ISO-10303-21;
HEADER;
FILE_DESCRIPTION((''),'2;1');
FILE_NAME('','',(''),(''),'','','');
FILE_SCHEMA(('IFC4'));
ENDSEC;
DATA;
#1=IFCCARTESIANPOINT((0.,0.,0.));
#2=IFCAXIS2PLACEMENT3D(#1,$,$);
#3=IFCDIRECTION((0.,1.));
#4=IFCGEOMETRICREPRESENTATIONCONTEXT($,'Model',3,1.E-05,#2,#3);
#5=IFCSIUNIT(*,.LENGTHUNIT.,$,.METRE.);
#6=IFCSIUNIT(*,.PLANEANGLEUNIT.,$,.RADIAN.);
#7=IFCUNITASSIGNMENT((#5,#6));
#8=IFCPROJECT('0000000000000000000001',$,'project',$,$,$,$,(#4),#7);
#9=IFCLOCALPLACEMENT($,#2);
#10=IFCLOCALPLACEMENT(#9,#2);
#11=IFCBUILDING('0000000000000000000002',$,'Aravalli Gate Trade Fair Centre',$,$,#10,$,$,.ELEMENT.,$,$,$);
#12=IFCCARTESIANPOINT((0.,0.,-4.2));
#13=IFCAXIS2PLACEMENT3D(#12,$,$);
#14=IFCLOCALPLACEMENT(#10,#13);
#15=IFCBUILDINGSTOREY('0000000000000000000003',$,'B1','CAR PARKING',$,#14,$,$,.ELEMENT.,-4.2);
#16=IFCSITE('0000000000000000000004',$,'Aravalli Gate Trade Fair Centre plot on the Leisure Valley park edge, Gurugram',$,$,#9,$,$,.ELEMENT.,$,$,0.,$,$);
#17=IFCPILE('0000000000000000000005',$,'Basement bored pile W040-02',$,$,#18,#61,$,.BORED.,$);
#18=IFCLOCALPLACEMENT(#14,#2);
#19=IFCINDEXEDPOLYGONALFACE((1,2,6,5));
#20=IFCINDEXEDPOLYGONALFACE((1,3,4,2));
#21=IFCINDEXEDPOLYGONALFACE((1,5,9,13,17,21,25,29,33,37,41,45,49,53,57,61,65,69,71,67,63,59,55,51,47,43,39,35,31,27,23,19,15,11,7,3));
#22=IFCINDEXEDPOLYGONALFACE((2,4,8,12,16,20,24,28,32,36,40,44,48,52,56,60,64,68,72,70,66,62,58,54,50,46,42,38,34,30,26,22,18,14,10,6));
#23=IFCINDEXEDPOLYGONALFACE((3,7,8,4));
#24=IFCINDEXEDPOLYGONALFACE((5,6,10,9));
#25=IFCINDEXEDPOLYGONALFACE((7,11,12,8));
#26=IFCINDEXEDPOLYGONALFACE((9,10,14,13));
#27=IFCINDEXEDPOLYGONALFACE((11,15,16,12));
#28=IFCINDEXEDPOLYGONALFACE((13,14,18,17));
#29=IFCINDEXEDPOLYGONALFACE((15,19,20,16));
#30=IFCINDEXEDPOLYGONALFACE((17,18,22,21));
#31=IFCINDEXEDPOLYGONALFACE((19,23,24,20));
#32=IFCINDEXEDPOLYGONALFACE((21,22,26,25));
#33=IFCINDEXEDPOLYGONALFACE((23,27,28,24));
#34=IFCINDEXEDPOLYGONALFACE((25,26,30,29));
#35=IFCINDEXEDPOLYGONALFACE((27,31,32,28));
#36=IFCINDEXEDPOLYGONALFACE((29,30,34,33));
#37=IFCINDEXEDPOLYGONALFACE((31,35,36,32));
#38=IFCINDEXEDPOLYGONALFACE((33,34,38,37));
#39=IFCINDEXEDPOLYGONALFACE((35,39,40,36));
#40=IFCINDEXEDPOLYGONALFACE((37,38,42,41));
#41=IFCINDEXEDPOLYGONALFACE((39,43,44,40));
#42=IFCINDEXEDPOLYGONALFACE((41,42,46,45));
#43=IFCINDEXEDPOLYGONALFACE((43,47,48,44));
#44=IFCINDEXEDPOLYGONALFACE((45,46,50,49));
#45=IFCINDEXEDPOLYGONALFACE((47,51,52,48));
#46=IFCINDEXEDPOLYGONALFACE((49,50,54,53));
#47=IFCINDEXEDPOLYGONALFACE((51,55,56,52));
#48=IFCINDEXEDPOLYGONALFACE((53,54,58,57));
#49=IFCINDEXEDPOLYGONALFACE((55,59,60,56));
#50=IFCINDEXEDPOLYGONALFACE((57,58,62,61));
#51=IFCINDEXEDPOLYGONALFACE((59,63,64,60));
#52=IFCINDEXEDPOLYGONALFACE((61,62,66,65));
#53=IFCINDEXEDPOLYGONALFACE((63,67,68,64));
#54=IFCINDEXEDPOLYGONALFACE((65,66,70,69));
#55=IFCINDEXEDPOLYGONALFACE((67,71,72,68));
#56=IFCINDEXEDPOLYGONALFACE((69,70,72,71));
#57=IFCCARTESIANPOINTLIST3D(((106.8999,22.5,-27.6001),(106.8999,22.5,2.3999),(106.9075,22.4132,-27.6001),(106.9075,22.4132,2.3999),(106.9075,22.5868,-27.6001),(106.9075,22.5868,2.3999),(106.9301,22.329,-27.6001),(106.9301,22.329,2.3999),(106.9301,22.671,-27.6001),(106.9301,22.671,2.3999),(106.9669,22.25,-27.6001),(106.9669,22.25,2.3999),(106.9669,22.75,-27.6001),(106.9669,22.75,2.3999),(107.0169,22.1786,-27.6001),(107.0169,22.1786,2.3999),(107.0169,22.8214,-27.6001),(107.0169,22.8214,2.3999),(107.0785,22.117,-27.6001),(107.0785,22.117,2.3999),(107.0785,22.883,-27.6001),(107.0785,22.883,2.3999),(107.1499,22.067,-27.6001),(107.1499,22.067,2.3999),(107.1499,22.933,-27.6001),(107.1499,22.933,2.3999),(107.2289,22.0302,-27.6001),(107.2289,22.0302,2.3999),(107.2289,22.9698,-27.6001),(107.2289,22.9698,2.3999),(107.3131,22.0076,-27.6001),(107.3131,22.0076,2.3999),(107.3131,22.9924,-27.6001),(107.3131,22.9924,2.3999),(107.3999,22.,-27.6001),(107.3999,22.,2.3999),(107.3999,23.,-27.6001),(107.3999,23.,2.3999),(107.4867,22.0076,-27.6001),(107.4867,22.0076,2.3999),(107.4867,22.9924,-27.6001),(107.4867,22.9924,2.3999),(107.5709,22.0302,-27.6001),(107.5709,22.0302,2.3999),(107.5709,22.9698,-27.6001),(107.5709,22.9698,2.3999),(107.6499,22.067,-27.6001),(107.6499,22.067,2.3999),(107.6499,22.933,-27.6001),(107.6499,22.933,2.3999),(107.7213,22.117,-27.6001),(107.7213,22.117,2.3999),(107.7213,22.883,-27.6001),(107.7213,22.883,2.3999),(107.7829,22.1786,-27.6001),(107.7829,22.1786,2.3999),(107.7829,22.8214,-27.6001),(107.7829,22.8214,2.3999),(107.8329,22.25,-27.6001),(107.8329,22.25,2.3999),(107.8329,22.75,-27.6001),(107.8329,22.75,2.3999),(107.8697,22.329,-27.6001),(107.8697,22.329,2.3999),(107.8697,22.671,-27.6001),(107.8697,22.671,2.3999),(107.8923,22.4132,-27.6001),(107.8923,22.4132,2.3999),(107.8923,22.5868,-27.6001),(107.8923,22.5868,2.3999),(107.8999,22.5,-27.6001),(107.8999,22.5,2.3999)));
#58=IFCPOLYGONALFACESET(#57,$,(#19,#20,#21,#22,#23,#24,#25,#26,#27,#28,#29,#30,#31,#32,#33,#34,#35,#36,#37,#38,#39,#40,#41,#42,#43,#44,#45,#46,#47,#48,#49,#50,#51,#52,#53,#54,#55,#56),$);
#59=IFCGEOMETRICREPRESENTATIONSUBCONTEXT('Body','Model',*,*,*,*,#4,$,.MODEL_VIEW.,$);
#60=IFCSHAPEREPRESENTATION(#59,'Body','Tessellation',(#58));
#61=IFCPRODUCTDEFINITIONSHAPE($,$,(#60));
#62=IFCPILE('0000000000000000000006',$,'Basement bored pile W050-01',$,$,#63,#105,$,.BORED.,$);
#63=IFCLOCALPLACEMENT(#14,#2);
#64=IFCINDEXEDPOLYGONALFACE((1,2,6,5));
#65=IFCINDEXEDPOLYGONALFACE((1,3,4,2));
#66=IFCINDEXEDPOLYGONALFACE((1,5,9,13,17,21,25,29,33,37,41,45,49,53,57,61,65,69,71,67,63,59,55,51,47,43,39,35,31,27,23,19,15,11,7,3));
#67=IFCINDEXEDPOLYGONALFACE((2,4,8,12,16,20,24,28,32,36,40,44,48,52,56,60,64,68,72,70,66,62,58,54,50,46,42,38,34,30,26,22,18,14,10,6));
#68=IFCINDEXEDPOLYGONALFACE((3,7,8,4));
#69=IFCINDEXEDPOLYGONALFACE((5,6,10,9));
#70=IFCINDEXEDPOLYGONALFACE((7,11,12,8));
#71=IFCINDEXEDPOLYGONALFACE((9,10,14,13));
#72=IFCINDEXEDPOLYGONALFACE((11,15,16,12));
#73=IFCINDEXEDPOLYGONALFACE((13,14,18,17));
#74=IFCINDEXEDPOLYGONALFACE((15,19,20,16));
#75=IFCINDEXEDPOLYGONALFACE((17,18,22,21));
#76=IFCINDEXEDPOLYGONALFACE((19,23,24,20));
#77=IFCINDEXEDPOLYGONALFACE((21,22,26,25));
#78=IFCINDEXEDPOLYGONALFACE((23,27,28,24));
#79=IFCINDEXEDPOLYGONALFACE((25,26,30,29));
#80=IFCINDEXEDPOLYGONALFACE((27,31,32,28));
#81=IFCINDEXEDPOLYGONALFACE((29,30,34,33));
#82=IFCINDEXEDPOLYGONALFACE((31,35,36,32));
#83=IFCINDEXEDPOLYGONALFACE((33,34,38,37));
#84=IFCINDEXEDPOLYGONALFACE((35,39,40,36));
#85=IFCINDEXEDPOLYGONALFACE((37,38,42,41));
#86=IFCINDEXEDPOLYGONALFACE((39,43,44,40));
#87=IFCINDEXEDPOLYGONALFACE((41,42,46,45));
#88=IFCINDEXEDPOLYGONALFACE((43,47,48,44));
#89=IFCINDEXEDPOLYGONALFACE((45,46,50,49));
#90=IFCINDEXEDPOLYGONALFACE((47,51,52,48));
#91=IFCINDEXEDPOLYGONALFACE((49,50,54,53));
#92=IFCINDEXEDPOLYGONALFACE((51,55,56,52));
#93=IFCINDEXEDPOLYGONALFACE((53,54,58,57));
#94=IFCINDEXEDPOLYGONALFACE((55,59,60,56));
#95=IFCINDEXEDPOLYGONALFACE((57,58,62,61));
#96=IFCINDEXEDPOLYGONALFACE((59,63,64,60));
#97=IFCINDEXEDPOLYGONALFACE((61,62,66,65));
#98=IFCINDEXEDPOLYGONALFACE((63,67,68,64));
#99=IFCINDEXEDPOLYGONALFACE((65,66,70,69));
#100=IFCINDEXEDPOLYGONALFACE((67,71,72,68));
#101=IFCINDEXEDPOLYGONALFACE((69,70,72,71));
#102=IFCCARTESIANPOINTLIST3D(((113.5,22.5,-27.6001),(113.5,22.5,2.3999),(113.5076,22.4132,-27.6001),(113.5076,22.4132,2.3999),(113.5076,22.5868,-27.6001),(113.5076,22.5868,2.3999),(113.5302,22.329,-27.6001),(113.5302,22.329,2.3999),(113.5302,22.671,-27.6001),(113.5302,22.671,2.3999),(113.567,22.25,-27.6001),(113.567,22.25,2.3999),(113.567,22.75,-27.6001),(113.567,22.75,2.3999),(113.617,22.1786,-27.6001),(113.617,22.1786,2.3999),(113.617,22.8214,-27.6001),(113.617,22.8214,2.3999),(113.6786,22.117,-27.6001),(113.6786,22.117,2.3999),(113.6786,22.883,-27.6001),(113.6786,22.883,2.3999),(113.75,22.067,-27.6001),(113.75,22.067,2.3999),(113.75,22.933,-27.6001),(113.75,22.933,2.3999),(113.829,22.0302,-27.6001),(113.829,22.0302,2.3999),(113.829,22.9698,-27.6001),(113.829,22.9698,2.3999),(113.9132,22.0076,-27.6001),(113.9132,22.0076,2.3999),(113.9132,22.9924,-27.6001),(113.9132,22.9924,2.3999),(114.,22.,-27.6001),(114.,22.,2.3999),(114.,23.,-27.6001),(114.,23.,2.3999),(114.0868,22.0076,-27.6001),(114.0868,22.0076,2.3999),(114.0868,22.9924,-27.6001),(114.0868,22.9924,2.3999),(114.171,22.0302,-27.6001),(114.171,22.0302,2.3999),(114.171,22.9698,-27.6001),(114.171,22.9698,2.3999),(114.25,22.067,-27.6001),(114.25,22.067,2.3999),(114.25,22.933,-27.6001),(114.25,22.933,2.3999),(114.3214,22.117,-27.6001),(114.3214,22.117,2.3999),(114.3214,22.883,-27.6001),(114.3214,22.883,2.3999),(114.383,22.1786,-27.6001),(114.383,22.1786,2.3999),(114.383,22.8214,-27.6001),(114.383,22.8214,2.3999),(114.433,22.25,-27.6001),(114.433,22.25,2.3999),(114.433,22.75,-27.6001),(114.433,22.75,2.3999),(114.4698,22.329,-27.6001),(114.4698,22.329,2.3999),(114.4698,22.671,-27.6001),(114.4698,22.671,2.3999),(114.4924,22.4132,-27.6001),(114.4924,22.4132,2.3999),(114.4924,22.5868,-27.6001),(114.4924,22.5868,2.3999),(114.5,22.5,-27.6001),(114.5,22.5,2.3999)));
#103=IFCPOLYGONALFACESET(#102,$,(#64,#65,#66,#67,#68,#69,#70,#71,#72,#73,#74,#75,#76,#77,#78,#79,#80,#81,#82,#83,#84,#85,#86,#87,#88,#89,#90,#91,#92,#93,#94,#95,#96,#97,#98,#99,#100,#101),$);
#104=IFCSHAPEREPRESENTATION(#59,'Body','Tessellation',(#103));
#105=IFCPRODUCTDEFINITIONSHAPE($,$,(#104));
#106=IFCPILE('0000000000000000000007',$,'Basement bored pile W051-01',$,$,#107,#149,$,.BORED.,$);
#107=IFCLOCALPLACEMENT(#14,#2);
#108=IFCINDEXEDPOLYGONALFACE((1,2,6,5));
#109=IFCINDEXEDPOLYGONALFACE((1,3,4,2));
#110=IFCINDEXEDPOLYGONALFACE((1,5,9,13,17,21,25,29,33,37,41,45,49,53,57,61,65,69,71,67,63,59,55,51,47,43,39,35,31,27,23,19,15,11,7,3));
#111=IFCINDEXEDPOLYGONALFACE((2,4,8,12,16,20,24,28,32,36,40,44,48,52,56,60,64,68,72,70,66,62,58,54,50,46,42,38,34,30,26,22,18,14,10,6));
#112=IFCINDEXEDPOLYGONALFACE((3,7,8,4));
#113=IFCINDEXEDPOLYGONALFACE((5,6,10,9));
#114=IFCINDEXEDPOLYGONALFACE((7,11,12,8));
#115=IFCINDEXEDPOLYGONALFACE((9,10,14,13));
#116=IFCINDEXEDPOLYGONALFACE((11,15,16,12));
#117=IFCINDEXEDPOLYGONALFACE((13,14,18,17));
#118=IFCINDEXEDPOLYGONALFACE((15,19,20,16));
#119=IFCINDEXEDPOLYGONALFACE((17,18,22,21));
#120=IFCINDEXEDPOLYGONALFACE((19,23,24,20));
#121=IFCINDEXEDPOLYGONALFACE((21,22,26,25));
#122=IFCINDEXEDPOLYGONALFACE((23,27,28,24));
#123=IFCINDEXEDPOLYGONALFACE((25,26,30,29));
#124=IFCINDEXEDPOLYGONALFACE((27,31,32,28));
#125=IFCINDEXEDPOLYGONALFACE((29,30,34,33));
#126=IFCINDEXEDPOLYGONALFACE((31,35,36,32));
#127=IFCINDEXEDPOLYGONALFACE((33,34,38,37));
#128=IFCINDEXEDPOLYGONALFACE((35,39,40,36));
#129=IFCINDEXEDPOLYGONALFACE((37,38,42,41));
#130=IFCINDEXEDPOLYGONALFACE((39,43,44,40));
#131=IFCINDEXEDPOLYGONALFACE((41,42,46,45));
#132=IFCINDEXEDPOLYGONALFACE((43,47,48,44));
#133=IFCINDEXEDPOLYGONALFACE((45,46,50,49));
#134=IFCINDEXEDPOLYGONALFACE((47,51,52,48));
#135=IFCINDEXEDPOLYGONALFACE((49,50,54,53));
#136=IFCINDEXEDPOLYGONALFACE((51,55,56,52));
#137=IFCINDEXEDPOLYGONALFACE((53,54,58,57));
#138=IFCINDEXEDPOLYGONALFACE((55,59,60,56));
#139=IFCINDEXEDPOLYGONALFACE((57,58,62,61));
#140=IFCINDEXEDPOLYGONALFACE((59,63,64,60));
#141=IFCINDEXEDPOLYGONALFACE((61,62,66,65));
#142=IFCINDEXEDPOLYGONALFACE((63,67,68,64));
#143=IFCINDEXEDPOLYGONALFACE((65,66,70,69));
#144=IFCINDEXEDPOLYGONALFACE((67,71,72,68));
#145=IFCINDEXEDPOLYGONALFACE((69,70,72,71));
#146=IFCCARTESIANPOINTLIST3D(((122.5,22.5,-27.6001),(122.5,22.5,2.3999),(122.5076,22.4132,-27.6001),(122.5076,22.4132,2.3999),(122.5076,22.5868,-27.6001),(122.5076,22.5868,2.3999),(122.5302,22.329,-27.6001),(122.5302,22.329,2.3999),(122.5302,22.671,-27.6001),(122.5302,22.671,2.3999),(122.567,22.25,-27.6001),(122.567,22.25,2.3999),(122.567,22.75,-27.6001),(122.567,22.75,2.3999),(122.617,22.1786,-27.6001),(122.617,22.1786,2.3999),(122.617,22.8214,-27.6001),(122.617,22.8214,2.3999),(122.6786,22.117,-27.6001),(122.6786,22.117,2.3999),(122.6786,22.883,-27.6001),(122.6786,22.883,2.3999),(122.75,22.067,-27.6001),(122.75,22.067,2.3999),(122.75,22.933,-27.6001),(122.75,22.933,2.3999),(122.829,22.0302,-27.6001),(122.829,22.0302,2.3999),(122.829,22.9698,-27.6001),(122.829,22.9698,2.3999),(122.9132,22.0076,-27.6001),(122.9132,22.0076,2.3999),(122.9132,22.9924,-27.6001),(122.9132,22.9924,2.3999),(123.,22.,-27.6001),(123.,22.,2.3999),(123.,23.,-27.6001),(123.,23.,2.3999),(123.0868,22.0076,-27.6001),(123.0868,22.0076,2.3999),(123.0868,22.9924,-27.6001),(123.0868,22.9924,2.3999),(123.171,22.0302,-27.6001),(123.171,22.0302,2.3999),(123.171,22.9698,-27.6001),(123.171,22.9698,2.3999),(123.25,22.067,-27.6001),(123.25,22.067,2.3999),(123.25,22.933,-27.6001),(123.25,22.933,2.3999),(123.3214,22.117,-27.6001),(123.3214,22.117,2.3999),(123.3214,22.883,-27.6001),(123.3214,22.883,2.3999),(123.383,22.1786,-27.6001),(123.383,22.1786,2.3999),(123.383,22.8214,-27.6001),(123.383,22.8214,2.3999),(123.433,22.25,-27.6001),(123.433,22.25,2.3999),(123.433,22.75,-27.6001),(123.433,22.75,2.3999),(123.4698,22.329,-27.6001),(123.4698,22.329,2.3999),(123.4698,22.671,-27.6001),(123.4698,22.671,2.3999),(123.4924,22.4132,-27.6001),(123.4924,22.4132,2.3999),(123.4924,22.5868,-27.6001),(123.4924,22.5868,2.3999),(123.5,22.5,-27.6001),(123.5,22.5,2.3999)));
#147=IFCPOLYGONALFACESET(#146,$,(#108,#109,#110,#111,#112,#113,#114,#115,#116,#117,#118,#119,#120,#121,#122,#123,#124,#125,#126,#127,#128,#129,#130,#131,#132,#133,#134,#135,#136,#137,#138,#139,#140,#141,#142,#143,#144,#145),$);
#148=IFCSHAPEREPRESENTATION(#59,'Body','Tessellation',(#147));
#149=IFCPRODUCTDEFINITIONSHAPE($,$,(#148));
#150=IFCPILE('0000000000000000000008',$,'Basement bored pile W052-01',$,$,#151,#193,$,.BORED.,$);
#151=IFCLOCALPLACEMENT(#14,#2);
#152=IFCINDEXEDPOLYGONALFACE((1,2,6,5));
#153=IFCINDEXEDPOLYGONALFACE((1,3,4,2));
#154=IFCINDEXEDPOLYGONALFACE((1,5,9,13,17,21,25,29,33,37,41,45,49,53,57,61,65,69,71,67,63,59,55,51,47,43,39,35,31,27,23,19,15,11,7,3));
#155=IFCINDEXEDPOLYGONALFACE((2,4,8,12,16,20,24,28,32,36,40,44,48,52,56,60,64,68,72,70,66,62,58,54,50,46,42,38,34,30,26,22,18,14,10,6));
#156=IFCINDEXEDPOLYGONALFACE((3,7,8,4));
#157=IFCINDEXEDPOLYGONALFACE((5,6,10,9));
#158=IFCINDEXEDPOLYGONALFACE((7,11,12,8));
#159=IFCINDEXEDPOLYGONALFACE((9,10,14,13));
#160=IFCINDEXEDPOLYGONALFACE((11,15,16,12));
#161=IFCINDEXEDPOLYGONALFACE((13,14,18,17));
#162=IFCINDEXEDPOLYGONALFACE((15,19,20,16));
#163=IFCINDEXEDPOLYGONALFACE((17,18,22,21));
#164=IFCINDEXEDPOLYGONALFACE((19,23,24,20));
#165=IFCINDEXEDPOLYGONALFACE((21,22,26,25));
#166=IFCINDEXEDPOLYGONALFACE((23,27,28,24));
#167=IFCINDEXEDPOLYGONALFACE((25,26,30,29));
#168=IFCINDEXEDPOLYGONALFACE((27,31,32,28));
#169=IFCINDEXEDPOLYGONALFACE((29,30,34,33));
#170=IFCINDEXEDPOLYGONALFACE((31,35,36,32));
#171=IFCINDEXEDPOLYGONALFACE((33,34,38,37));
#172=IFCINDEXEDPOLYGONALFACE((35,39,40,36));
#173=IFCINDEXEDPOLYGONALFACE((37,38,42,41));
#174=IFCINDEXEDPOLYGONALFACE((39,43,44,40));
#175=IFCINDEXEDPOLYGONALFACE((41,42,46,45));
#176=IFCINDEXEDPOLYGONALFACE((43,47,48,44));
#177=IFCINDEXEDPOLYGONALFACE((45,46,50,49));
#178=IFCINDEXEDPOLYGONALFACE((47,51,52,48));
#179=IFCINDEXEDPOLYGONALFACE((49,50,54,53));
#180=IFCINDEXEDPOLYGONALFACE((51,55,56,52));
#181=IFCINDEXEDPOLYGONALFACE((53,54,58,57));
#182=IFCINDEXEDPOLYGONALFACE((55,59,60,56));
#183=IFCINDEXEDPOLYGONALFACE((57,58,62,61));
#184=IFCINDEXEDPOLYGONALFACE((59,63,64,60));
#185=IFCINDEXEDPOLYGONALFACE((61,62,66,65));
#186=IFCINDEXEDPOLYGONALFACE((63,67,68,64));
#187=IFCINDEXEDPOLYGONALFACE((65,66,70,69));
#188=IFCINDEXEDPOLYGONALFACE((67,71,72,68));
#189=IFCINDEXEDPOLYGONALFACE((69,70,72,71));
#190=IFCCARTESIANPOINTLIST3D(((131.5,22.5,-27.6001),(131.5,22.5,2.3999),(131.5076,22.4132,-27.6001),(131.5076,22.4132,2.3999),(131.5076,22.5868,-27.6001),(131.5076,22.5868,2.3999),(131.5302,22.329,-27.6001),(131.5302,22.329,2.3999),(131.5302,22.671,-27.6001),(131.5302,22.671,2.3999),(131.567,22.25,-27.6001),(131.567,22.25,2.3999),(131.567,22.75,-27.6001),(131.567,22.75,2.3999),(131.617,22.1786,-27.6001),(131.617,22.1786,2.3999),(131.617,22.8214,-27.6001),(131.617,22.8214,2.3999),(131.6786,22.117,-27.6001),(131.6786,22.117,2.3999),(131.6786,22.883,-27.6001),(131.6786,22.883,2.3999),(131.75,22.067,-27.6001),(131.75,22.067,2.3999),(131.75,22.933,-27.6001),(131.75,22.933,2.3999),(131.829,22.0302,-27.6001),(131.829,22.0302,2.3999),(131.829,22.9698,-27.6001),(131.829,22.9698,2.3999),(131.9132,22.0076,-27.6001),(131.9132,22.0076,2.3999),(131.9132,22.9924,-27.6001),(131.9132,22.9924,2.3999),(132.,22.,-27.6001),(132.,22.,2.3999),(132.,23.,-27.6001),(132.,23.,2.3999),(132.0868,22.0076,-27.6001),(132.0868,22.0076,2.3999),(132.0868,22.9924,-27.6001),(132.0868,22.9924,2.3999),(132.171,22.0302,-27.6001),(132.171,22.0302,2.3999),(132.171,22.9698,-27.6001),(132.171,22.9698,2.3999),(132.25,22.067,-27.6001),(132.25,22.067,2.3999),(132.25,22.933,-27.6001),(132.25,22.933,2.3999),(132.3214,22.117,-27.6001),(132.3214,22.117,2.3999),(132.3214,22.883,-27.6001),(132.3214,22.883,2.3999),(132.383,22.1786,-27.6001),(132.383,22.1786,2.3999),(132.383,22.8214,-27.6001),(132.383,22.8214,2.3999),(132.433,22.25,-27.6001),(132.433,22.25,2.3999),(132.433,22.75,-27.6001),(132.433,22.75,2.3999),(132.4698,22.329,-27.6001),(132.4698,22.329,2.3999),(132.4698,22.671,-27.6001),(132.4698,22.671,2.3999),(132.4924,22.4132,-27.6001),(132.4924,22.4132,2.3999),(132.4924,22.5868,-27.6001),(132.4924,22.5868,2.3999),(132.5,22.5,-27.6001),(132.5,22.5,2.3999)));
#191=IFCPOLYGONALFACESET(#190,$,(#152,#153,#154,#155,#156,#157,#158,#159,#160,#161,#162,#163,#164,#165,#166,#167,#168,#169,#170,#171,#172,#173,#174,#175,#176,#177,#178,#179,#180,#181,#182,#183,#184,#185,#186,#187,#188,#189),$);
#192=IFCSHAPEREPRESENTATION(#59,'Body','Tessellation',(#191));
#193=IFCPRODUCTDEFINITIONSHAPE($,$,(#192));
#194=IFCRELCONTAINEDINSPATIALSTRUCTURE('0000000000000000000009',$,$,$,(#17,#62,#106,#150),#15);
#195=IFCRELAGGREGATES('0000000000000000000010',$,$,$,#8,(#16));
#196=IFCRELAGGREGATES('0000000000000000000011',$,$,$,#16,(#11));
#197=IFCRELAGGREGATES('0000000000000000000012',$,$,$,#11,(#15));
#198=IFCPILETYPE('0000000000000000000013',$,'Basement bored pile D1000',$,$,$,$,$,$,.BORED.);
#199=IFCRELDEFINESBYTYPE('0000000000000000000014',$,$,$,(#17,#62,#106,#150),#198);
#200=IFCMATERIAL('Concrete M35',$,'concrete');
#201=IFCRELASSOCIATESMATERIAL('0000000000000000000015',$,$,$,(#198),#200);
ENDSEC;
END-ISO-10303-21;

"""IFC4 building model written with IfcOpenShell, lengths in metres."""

from ifc_helpers import new_model, si_unit, direction, frame, origin, origin_2d, place, context, subcontext, project, spatial, circle, extrude, material, material_profile, profile_set, type_object, element, save


model = new_model("IFC4")

# Units and contexts
model_context = context("Model", 3, precision=1e-05, world=origin(), true_north=direction((0.0, 1.0)))
body_context = subcontext(model_context, "Body", "Model", "MODEL_VIEW")
ifc_project = project(units=[si_unit("LENGTHUNIT", "METRE"), si_unit("PLANEANGLEUNIT", "RADIAN")], contexts=[model_context])

# Site, building, storey
site_placement = place(None, origin())
site = spatial("IfcSite", under=ifc_project, at=site_placement, Name="Aravalli Gate Trade Fair Centre plot on the Leisure Valley park edge, Gurugram", CompositionType="ELEMENT", RefElevation=0.0)
building_placement = place(site_placement, origin())
building = spatial("IfcBuilding", under=site, at=building_placement, Name="Aravalli Gate Trade Fair Centre", CompositionType="ELEMENT")
storey_placement = place(building_placement, frame((0.0, 0.0, -4.2)))
storey = spatial("IfcBuildingStorey", under=building, at=storey_placement, Name="B1", Description="CAR PARKING", CompositionType="ELEMENT", Elevation=-4.2)

# Piles
ifc_material = material(Name="Concrete M35", Category="concrete")
ifc_material_profile = material_profile(ifc_material, circle(Radius=0.5, at=origin_2d()), Name="D1000")
ifc_profile_set = profile_set([ifc_material_profile], Name="Concrete M35")
pile_type = type_object("IfcPileType", Name="Basement bored pile D1000", PredefinedType="BORED", material=ifc_profile_set)
for number, where, z_axis, x_axis, name in (
    (1, (107.3999, 22.5, 2.3999), (0.0, 0.0, -1.0), (1.0, 0.0, 0.0), "Basement bored pile W040-02"),
    (2, (114.0, 22.5, 2.3999), (0.0, 0.0, -1.0), (1.0, 0.0, 0.0), "Basement bored pile W050-01"),
    (3, (123.0, 22.5, 2.3999), (0.0, 0.0, -1.0), (1.0, 0.0, 0.0), "Basement bored pile W051-01"),
    (4, (132.0, 22.5, 2.3999), (0.0, 0.0, -1.0), (1.0, 0.0, 0.0), "Basement bored pile W052-01"),
):
    element("IfcPile", number, at=place(storey_placement, frame(where, z_axis=z_axis, x_axis=x_axis)), inside=storey, type_object=pile_type, Name=name, PredefinedType="BORED", context=body_context, shape_type="SweptSolid", body=[
        extrude(circle(Radius=0.5, at=origin_2d()), origin(), (0.0, 0.0, 1.0), 30.0),
    ])

save(model, "model.ifc")
